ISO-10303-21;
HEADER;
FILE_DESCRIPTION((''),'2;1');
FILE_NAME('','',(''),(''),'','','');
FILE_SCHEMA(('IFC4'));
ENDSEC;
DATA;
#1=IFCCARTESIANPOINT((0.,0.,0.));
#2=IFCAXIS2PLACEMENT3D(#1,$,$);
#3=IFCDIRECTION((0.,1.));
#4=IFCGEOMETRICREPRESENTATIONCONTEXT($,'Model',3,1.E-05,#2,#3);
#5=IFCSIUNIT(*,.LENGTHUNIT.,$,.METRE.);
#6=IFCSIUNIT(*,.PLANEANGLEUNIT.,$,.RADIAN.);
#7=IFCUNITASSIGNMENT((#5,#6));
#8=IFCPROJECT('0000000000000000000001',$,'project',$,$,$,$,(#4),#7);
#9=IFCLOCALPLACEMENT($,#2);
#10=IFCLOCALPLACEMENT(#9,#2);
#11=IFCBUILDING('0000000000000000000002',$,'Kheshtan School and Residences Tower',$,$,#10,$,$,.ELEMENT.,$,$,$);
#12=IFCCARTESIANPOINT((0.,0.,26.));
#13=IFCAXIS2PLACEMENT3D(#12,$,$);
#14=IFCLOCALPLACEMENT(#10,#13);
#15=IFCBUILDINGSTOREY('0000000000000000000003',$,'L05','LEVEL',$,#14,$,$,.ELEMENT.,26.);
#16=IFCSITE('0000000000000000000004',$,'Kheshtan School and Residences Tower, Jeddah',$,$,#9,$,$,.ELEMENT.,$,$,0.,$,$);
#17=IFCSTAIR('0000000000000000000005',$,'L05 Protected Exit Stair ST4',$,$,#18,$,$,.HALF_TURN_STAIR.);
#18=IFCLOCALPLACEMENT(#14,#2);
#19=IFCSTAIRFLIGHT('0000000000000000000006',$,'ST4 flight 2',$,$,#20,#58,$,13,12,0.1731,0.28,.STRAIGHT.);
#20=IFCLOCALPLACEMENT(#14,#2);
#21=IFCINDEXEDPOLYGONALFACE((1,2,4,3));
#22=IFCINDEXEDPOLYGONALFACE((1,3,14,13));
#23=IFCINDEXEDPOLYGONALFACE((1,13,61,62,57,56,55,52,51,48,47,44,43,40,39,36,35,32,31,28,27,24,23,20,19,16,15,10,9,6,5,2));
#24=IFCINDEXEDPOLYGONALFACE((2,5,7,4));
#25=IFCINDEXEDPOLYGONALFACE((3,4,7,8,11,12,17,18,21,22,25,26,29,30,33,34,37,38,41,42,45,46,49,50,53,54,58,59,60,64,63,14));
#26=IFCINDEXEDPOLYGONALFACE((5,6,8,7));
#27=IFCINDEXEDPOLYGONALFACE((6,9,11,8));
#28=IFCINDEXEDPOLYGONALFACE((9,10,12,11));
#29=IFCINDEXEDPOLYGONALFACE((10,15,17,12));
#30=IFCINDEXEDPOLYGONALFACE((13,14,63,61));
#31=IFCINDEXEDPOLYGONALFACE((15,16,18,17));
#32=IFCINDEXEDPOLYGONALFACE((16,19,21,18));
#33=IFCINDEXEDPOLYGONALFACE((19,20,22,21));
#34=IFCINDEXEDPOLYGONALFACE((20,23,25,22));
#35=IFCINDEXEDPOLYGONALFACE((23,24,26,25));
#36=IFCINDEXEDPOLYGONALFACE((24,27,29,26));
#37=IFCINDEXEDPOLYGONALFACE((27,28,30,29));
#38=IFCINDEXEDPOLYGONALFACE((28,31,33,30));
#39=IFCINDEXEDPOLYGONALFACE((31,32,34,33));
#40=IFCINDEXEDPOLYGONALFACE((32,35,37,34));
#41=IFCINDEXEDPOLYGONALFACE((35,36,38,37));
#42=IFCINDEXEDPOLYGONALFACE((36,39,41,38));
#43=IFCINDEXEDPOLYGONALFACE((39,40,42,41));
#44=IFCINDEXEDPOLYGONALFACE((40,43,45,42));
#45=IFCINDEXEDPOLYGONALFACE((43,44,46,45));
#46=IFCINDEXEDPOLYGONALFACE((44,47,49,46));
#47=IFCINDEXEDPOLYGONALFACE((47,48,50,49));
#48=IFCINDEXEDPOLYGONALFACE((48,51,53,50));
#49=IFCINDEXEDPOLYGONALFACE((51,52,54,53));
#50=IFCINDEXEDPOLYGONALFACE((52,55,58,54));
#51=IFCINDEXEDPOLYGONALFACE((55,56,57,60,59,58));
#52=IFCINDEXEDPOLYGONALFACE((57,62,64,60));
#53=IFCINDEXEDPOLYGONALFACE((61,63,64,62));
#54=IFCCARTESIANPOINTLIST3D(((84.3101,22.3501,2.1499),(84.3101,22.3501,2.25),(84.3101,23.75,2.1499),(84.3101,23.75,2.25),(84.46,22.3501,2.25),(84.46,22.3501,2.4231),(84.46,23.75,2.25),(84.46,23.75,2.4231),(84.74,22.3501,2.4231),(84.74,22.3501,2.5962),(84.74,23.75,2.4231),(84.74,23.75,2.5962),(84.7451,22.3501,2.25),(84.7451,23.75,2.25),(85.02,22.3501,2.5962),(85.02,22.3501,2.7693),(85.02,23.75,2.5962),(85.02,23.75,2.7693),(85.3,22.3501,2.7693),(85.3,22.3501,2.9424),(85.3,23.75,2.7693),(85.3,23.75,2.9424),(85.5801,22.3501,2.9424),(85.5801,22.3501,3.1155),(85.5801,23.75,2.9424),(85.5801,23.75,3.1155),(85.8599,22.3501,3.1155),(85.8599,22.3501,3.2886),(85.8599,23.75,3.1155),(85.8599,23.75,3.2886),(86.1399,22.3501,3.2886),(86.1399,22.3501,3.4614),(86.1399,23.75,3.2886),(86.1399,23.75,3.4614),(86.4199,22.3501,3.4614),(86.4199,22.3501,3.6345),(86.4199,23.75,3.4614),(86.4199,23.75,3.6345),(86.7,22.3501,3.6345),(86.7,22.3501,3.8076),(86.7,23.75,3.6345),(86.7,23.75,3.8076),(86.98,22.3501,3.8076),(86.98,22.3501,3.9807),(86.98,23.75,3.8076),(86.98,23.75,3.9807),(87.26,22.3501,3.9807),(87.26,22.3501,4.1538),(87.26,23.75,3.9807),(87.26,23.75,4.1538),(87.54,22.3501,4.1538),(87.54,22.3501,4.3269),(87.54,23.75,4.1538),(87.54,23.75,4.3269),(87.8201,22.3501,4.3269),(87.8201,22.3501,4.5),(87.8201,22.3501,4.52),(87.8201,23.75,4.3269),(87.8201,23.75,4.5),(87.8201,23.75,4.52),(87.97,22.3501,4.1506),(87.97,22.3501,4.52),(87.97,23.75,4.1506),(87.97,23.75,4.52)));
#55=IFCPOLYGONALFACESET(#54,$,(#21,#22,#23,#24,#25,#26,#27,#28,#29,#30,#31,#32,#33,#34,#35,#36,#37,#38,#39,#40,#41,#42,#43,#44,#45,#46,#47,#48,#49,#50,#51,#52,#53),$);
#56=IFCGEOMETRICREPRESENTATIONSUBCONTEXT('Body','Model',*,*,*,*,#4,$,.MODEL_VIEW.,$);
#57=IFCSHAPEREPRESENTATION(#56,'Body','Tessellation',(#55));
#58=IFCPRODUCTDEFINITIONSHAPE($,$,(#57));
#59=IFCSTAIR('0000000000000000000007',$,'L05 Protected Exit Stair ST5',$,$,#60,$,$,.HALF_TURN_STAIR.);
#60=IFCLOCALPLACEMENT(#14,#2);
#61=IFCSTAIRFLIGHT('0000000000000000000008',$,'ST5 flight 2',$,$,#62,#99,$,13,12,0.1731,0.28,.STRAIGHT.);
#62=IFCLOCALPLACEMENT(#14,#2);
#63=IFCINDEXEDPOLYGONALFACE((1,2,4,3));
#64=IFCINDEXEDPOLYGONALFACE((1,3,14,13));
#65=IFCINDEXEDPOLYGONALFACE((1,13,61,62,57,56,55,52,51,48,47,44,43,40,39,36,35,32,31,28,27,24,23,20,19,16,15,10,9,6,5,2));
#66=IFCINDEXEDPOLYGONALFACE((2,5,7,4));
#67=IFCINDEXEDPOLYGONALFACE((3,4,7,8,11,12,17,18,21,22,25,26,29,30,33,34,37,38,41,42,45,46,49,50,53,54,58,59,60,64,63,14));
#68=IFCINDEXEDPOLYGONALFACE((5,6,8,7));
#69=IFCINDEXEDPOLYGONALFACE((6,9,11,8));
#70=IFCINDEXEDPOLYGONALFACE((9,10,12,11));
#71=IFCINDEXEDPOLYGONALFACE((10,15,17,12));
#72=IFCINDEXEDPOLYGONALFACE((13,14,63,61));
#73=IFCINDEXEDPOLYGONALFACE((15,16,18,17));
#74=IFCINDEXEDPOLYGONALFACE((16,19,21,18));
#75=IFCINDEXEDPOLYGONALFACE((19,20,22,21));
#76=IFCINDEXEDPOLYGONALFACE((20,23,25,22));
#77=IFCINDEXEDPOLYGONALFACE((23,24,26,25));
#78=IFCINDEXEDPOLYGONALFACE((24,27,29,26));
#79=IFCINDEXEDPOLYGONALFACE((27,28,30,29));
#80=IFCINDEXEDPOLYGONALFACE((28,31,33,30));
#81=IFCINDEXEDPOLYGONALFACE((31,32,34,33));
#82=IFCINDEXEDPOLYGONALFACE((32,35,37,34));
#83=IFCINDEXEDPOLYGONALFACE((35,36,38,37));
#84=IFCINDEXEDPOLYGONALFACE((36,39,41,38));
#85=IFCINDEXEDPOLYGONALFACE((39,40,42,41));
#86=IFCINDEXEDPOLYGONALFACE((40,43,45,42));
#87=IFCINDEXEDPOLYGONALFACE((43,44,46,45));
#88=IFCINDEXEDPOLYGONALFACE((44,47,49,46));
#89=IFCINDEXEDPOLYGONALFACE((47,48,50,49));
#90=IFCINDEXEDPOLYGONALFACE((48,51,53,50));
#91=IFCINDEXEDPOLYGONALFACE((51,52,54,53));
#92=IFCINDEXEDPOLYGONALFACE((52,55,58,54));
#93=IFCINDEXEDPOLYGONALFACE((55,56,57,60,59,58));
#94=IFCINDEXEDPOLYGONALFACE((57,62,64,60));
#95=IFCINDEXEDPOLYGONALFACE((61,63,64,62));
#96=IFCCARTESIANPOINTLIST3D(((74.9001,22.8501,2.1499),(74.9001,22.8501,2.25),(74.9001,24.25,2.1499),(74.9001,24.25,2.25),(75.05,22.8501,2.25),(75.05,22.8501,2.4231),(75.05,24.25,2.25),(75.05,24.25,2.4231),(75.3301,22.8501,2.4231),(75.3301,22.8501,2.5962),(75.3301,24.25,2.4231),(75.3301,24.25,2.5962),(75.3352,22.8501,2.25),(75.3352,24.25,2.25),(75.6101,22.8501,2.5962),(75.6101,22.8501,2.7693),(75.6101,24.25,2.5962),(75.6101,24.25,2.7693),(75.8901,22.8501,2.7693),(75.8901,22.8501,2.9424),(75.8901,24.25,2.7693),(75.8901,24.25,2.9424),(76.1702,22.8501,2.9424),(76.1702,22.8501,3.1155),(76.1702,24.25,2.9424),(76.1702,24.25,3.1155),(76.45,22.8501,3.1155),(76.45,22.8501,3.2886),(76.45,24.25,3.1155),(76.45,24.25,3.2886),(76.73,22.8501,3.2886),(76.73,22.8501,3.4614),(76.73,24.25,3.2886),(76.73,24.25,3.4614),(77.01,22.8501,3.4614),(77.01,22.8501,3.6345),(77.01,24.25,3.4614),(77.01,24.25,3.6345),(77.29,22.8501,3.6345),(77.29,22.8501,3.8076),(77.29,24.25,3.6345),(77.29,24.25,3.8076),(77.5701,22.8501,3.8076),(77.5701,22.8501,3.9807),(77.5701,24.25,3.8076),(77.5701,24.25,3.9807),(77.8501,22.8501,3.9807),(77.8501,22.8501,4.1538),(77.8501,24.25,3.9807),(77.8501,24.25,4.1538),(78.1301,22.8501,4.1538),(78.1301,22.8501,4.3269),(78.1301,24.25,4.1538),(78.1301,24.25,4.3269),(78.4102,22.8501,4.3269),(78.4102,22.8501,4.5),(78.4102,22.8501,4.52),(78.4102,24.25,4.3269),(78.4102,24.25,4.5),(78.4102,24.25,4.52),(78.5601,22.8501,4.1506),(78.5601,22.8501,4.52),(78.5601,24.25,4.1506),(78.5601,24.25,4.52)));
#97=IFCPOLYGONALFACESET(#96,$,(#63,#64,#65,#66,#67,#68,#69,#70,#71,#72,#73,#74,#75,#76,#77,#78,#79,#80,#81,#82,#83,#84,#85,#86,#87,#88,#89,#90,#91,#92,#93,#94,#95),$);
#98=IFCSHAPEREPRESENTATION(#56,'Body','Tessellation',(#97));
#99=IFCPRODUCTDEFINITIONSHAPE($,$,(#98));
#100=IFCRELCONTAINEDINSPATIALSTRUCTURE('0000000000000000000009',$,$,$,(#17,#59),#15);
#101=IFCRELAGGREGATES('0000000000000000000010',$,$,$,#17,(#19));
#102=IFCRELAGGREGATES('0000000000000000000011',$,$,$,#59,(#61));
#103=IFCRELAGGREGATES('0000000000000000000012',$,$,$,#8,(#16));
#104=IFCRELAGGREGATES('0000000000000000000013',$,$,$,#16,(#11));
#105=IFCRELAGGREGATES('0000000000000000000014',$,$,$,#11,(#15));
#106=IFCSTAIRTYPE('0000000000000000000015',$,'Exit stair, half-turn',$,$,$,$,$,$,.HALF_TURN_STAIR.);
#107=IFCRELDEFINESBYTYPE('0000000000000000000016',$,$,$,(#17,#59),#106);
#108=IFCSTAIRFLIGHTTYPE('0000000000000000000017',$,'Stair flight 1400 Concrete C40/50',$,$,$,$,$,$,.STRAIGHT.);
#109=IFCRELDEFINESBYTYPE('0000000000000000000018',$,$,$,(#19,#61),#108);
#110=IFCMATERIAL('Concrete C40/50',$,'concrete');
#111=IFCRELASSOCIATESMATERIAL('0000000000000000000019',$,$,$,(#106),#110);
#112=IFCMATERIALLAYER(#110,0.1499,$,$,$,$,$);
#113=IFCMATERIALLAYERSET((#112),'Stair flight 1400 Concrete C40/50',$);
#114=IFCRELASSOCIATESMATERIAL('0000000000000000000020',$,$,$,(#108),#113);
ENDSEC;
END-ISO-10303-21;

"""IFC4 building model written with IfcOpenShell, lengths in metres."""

from ifc_helpers import new_model, si_unit, direction, frame, origin, place, context, subcontext, project, spatial, polyline, outline, extrude, material, layer, layer_set, type_object, element, aggregate, save


model = new_model("IFC4")

# Units and contexts
model_context = context("Model", 3, precision=1e-05, world=origin(), true_north=direction((0.0, 1.0)))
body_context = subcontext(model_context, "Body", "Model", "MODEL_VIEW")
ifc_project = project(units=[si_unit("LENGTHUNIT", "METRE"), si_unit("PLANEANGLEUNIT", "RADIAN")], contexts=[model_context])

# Site, building, storey
site_placement = place(None, origin())
site = spatial("IfcSite", under=ifc_project, at=site_placement, Name="Kheshtan School and Residences Tower, Jeddah", CompositionType="ELEMENT", RefElevation=0.0)
building_placement = place(site_placement, origin())
building = spatial("IfcBuilding", under=site, at=building_placement, Name="Kheshtan School and Residences Tower", CompositionType="ELEMENT")
storey_placement = place(building_placement, frame((0.0, 0.0, 26.0)))
storey = spatial("IfcBuildingStorey", under=building, at=storey_placement, Name="L05", Description="LEVEL", CompositionType="ELEMENT", Elevation=26.0)

# Shared definitions
ifc_material_1 = material(Name="Concrete C40/50", Category="concrete")

# Stairs, stair flights
stair_type = type_object("IfcStairType", Name="Exit stair, half-turn", PredefinedType="HALF_TURN_STAIR", material=ifc_material_1)
stair_1_placement = place(storey_placement, origin())
stair_1 = element("IfcStair", 1, at=stair_1_placement, inside=storey, type_object=stair_type, Name="L05 Protected Exit Stair ST4", PredefinedType="HALF_TURN_STAIR")
ifc_layer_1 = layer(ifc_material_1, 0.1499)
ifc_layer_set_1 = layer_set([ifc_layer_1], Name="Stair flight 1400 Concrete C40/50")
stair_flight_type = type_object("IfcStairFlightType", Name="Stair flight 1400 Concrete C40/50", PredefinedType="STRAIGHT", material=ifc_layer_set_1)
stair_flight_1_placement = place(storey_placement, frame((84.46, 23.05, 2.25), z_axis=(0.0, 0.0, 1.0), x_axis=(1.0, 0.0, 0.0)))
stair_flight_1 = element("IfcStairFlight", 2, at=stair_flight_1_placement, type_object=stair_flight_type, Name="ST4 flight 2", NumberOfRisers=13, NumberOfTreads=12, PredefinedType="STRAIGHT", RiserHeight=0.1731, TreadLength=0.28, context=body_context, shape_type="SweptSolid", body=[
    extrude(outline(polyline([(-0.1499, -0.1001), (-0.1499, 0.0), (0.0, 0.0), (0.0, 0.1731), (0.28, 0.1731), (0.28, 0.3462), (0.5601, 0.3462), (0.5601, 0.5193), (0.8401, 0.5193), (0.8401, 0.6924), (1.1201, 0.6924), (1.1201, 0.8655), (1.3999, 0.8655), (1.3999, 1.0386), (1.6799, 1.0386), (1.6799, 1.2114), (1.96, 1.2114), (1.96, 1.3845), (2.24, 1.3845), (2.24, 1.5576), (2.52, 1.5576), (2.52, 1.7307), (2.8, 1.7307), (2.8, 1.9038), (3.0801, 1.9038), (3.0801, 2.0769), (3.3601, 2.0769), (3.3601, 2.25), (3.3601, 2.27), (3.51, 2.27), (3.51, 1.9006), (0.2852, 0.0), (-0.1499, -0.1001)])), frame((0.0, 0.7, 0.0), z_axis=(0.0, -1.0, 0.0), x_axis=(1.0, 0.0, 0.0)), (0.0, 0.0, 1.0), 1.3999),
])
aggregate(stair_1, [stair_flight_1])
stair_2_placement = place(storey_placement, origin())
stair_2 = element("IfcStair", 3, at=stair_2_placement, inside=storey, type_object=stair_type, Name="L05 Protected Exit Stair ST5", PredefinedType="HALF_TURN_STAIR")
stair_flight_2_placement = place(storey_placement, frame((75.05, 23.55, 2.25), z_axis=(0.0, 0.0, 1.0), x_axis=(1.0, 0.0, 0.0)))
stair_flight_2 = element("IfcStairFlight", 4, at=stair_flight_2_placement, type_object=stair_flight_type, Name="ST5 flight 2", NumberOfRisers=13, NumberOfTreads=12, PredefinedType="STRAIGHT", RiserHeight=0.1731, TreadLength=0.28, context=body_context, shape_type="SweptSolid", body=[
    extrude(outline(polyline([(-0.1499, -0.1001), (-0.1499, 0.0), (0.0, 0.0), (0.0, 0.1731), (0.28, 0.1731), (0.28, 0.3462), (0.5601, 0.3462), (0.5601, 0.5193), (0.8401, 0.5193), (0.8401, 0.6924), (1.1201, 0.6924), (1.1201, 0.8655), (1.3999, 0.8655), (1.3999, 1.0386), (1.6799, 1.0386), (1.6799, 1.2114), (1.96, 1.2114), (1.96, 1.3845), (2.24, 1.3845), (2.24, 1.5576), (2.52, 1.5576), (2.52, 1.7307), (2.8, 1.7307), (2.8, 1.9038), (3.0801, 1.9038), (3.0801, 2.0769), (3.3601, 2.0769), (3.3601, 2.25), (3.3601, 2.27), (3.51, 2.27), (3.51, 1.9006), (0.2852, 0.0), (-0.1499, -0.1001)])), frame((0.0, 0.7, 0.0), z_axis=(0.0, -1.0, 0.0), x_axis=(1.0, 0.0, 0.0)), (0.0, 0.0, 1.0), 1.3999),
])
aggregate(stair_2, [stair_flight_2])

save(model, "model.ifc")
